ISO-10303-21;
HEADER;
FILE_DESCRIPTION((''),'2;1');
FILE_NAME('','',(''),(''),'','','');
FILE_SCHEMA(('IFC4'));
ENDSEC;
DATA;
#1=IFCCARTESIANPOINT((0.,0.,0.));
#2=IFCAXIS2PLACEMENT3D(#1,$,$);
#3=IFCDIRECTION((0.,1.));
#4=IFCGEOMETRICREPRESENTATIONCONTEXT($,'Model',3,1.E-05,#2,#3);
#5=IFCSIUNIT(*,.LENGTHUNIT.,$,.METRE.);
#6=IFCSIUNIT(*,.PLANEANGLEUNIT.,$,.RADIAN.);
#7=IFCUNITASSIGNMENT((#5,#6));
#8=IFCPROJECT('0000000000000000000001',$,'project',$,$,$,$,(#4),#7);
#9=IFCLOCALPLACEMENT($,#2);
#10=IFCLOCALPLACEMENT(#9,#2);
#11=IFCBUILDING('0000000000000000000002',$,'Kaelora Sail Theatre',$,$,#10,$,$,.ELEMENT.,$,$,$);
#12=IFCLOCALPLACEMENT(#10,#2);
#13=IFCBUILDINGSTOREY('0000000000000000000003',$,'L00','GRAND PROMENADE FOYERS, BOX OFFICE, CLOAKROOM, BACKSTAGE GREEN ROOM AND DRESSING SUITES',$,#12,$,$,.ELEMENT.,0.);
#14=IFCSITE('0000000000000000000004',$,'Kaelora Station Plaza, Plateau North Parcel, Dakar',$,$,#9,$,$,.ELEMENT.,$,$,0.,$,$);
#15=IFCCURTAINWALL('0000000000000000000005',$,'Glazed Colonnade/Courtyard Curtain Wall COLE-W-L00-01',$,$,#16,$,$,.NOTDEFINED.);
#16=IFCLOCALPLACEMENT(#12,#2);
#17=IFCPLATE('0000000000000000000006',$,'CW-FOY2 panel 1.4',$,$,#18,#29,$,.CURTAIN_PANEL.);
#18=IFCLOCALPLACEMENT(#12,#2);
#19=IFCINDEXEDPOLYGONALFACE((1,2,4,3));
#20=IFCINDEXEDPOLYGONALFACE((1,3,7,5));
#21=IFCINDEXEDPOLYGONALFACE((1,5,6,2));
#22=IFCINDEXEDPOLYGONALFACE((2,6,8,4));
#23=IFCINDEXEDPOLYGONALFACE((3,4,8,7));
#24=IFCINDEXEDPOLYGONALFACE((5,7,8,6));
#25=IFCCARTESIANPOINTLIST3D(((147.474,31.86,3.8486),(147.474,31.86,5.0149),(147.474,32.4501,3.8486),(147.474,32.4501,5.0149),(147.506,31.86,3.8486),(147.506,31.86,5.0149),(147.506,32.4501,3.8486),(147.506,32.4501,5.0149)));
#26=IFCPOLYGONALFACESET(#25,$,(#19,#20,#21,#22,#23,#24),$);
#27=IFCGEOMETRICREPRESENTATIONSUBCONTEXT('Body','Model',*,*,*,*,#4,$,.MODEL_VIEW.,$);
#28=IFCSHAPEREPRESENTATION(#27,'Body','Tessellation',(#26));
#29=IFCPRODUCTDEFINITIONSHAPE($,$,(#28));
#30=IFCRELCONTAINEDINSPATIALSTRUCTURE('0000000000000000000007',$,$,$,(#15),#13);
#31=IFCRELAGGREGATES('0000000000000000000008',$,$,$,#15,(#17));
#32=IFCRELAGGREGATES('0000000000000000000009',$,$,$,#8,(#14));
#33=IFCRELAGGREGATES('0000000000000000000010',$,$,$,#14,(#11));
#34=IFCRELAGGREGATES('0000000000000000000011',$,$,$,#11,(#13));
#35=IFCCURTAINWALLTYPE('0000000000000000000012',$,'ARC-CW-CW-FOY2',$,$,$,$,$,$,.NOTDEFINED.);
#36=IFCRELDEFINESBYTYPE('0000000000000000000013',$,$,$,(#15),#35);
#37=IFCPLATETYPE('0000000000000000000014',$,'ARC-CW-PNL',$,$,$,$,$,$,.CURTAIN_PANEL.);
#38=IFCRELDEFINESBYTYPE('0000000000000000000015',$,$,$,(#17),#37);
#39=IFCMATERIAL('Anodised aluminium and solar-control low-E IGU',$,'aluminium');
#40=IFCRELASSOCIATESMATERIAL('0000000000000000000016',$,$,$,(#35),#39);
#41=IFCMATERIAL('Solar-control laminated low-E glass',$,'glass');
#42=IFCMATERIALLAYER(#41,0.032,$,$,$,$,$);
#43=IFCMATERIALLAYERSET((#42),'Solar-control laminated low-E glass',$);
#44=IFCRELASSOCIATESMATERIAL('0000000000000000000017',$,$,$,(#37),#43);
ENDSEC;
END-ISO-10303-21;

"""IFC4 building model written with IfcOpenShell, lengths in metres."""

from ifc_helpers import new_model, si_unit, direction, frame, origin, origin_2d, place, context, subcontext, project, spatial, rectangle, extrude, material, layer, layer_set, type_object, element, aggregate, save


model = new_model("IFC4")

# Units and contexts
model_context = context("Model", 3, precision=1e-05, world=origin(), true_north=direction((0.0, 1.0)))
body_context = subcontext(model_context, "Body", "Model", "MODEL_VIEW")
ifc_project = project(units=[si_unit("LENGTHUNIT", "METRE"), si_unit("PLANEANGLEUNIT", "RADIAN")], contexts=[model_context])

# Site, building, storey
site_placement = place(None, origin())
site = spatial("IfcSite", under=ifc_project, at=site_placement, Name="Kaelora Station Plaza, Plateau North Parcel, Dakar", CompositionType="ELEMENT", RefElevation=0.0)
building_placement = place(site_placement, origin())
building = spatial("IfcBuilding", under=site, at=building_placement, Name="Kaelora Sail Theatre", CompositionType="ELEMENT")
storey_placement = place(building_placement, origin())
storey = spatial("IfcBuildingStorey", under=building, at=storey_placement, Name="L00", Description="GRAND PROMENADE FOYERS, BOX OFFICE, CLOAKROOM, BACKSTAGE GREEN ROOM AND DRESSING SUITES", CompositionType="ELEMENT", Elevation=0.0)

# Curtain wall
ifc_material_1 = material(Name="Anodised aluminium and solar-control low-E IGU", Category="aluminium")
curtain_wall_type_1 = type_object("IfcCurtainWallType", Name="ARC-CW-CW-FOY2", PredefinedType="NOTDEFINED", material=ifc_material_1)
curtain_wall_1_placement = place(storey_placement, origin())
curtain_wall_1 = element("IfcCurtainWall", 1, at=curtain_wall_1_placement, inside=storey, type_object=curtain_wall_type_1, Name="Glazed Colonnade/Courtyard Curtain Wall COLE-W-L00-01", PredefinedType="NOTDEFINED")

# Shared definitions
ifc_material_2 = material(Name="Solar-control laminated low-E glass", Category="glass")
ifc_layer = layer(ifc_material_2, 0.032)
ifc_layer_set = layer_set([ifc_layer], Name="Solar-control laminated low-E glass")
plate_type = type_object("IfcPlateType", Name="ARC-CW-PNL", PredefinedType="CURTAIN_PANEL", material=ifc_layer_set)

# Plate
plate_1_placement = place(storey_placement, frame((147.49, 32.155, 3.8486), z_axis=(0.0, 0.0, 1.0), x_axis=(0.0, 1.0, 0.0)))
plate_1 = element("IfcPlate", 2, at=plate_1_placement, type_object=plate_type, Name="CW-FOY2 panel 1.4", PredefinedType="CURTAIN_PANEL", context=body_context, shape_type="SweptSolid", body=[
    extrude(rectangle(XDim=0.5901, YDim=0.032, at=origin_2d()), origin(), (0.0, 0.0, 1.0), 1.1663),
])
aggregate(curtain_wall_1, [plate_1])

save(model, "model.ifc")
